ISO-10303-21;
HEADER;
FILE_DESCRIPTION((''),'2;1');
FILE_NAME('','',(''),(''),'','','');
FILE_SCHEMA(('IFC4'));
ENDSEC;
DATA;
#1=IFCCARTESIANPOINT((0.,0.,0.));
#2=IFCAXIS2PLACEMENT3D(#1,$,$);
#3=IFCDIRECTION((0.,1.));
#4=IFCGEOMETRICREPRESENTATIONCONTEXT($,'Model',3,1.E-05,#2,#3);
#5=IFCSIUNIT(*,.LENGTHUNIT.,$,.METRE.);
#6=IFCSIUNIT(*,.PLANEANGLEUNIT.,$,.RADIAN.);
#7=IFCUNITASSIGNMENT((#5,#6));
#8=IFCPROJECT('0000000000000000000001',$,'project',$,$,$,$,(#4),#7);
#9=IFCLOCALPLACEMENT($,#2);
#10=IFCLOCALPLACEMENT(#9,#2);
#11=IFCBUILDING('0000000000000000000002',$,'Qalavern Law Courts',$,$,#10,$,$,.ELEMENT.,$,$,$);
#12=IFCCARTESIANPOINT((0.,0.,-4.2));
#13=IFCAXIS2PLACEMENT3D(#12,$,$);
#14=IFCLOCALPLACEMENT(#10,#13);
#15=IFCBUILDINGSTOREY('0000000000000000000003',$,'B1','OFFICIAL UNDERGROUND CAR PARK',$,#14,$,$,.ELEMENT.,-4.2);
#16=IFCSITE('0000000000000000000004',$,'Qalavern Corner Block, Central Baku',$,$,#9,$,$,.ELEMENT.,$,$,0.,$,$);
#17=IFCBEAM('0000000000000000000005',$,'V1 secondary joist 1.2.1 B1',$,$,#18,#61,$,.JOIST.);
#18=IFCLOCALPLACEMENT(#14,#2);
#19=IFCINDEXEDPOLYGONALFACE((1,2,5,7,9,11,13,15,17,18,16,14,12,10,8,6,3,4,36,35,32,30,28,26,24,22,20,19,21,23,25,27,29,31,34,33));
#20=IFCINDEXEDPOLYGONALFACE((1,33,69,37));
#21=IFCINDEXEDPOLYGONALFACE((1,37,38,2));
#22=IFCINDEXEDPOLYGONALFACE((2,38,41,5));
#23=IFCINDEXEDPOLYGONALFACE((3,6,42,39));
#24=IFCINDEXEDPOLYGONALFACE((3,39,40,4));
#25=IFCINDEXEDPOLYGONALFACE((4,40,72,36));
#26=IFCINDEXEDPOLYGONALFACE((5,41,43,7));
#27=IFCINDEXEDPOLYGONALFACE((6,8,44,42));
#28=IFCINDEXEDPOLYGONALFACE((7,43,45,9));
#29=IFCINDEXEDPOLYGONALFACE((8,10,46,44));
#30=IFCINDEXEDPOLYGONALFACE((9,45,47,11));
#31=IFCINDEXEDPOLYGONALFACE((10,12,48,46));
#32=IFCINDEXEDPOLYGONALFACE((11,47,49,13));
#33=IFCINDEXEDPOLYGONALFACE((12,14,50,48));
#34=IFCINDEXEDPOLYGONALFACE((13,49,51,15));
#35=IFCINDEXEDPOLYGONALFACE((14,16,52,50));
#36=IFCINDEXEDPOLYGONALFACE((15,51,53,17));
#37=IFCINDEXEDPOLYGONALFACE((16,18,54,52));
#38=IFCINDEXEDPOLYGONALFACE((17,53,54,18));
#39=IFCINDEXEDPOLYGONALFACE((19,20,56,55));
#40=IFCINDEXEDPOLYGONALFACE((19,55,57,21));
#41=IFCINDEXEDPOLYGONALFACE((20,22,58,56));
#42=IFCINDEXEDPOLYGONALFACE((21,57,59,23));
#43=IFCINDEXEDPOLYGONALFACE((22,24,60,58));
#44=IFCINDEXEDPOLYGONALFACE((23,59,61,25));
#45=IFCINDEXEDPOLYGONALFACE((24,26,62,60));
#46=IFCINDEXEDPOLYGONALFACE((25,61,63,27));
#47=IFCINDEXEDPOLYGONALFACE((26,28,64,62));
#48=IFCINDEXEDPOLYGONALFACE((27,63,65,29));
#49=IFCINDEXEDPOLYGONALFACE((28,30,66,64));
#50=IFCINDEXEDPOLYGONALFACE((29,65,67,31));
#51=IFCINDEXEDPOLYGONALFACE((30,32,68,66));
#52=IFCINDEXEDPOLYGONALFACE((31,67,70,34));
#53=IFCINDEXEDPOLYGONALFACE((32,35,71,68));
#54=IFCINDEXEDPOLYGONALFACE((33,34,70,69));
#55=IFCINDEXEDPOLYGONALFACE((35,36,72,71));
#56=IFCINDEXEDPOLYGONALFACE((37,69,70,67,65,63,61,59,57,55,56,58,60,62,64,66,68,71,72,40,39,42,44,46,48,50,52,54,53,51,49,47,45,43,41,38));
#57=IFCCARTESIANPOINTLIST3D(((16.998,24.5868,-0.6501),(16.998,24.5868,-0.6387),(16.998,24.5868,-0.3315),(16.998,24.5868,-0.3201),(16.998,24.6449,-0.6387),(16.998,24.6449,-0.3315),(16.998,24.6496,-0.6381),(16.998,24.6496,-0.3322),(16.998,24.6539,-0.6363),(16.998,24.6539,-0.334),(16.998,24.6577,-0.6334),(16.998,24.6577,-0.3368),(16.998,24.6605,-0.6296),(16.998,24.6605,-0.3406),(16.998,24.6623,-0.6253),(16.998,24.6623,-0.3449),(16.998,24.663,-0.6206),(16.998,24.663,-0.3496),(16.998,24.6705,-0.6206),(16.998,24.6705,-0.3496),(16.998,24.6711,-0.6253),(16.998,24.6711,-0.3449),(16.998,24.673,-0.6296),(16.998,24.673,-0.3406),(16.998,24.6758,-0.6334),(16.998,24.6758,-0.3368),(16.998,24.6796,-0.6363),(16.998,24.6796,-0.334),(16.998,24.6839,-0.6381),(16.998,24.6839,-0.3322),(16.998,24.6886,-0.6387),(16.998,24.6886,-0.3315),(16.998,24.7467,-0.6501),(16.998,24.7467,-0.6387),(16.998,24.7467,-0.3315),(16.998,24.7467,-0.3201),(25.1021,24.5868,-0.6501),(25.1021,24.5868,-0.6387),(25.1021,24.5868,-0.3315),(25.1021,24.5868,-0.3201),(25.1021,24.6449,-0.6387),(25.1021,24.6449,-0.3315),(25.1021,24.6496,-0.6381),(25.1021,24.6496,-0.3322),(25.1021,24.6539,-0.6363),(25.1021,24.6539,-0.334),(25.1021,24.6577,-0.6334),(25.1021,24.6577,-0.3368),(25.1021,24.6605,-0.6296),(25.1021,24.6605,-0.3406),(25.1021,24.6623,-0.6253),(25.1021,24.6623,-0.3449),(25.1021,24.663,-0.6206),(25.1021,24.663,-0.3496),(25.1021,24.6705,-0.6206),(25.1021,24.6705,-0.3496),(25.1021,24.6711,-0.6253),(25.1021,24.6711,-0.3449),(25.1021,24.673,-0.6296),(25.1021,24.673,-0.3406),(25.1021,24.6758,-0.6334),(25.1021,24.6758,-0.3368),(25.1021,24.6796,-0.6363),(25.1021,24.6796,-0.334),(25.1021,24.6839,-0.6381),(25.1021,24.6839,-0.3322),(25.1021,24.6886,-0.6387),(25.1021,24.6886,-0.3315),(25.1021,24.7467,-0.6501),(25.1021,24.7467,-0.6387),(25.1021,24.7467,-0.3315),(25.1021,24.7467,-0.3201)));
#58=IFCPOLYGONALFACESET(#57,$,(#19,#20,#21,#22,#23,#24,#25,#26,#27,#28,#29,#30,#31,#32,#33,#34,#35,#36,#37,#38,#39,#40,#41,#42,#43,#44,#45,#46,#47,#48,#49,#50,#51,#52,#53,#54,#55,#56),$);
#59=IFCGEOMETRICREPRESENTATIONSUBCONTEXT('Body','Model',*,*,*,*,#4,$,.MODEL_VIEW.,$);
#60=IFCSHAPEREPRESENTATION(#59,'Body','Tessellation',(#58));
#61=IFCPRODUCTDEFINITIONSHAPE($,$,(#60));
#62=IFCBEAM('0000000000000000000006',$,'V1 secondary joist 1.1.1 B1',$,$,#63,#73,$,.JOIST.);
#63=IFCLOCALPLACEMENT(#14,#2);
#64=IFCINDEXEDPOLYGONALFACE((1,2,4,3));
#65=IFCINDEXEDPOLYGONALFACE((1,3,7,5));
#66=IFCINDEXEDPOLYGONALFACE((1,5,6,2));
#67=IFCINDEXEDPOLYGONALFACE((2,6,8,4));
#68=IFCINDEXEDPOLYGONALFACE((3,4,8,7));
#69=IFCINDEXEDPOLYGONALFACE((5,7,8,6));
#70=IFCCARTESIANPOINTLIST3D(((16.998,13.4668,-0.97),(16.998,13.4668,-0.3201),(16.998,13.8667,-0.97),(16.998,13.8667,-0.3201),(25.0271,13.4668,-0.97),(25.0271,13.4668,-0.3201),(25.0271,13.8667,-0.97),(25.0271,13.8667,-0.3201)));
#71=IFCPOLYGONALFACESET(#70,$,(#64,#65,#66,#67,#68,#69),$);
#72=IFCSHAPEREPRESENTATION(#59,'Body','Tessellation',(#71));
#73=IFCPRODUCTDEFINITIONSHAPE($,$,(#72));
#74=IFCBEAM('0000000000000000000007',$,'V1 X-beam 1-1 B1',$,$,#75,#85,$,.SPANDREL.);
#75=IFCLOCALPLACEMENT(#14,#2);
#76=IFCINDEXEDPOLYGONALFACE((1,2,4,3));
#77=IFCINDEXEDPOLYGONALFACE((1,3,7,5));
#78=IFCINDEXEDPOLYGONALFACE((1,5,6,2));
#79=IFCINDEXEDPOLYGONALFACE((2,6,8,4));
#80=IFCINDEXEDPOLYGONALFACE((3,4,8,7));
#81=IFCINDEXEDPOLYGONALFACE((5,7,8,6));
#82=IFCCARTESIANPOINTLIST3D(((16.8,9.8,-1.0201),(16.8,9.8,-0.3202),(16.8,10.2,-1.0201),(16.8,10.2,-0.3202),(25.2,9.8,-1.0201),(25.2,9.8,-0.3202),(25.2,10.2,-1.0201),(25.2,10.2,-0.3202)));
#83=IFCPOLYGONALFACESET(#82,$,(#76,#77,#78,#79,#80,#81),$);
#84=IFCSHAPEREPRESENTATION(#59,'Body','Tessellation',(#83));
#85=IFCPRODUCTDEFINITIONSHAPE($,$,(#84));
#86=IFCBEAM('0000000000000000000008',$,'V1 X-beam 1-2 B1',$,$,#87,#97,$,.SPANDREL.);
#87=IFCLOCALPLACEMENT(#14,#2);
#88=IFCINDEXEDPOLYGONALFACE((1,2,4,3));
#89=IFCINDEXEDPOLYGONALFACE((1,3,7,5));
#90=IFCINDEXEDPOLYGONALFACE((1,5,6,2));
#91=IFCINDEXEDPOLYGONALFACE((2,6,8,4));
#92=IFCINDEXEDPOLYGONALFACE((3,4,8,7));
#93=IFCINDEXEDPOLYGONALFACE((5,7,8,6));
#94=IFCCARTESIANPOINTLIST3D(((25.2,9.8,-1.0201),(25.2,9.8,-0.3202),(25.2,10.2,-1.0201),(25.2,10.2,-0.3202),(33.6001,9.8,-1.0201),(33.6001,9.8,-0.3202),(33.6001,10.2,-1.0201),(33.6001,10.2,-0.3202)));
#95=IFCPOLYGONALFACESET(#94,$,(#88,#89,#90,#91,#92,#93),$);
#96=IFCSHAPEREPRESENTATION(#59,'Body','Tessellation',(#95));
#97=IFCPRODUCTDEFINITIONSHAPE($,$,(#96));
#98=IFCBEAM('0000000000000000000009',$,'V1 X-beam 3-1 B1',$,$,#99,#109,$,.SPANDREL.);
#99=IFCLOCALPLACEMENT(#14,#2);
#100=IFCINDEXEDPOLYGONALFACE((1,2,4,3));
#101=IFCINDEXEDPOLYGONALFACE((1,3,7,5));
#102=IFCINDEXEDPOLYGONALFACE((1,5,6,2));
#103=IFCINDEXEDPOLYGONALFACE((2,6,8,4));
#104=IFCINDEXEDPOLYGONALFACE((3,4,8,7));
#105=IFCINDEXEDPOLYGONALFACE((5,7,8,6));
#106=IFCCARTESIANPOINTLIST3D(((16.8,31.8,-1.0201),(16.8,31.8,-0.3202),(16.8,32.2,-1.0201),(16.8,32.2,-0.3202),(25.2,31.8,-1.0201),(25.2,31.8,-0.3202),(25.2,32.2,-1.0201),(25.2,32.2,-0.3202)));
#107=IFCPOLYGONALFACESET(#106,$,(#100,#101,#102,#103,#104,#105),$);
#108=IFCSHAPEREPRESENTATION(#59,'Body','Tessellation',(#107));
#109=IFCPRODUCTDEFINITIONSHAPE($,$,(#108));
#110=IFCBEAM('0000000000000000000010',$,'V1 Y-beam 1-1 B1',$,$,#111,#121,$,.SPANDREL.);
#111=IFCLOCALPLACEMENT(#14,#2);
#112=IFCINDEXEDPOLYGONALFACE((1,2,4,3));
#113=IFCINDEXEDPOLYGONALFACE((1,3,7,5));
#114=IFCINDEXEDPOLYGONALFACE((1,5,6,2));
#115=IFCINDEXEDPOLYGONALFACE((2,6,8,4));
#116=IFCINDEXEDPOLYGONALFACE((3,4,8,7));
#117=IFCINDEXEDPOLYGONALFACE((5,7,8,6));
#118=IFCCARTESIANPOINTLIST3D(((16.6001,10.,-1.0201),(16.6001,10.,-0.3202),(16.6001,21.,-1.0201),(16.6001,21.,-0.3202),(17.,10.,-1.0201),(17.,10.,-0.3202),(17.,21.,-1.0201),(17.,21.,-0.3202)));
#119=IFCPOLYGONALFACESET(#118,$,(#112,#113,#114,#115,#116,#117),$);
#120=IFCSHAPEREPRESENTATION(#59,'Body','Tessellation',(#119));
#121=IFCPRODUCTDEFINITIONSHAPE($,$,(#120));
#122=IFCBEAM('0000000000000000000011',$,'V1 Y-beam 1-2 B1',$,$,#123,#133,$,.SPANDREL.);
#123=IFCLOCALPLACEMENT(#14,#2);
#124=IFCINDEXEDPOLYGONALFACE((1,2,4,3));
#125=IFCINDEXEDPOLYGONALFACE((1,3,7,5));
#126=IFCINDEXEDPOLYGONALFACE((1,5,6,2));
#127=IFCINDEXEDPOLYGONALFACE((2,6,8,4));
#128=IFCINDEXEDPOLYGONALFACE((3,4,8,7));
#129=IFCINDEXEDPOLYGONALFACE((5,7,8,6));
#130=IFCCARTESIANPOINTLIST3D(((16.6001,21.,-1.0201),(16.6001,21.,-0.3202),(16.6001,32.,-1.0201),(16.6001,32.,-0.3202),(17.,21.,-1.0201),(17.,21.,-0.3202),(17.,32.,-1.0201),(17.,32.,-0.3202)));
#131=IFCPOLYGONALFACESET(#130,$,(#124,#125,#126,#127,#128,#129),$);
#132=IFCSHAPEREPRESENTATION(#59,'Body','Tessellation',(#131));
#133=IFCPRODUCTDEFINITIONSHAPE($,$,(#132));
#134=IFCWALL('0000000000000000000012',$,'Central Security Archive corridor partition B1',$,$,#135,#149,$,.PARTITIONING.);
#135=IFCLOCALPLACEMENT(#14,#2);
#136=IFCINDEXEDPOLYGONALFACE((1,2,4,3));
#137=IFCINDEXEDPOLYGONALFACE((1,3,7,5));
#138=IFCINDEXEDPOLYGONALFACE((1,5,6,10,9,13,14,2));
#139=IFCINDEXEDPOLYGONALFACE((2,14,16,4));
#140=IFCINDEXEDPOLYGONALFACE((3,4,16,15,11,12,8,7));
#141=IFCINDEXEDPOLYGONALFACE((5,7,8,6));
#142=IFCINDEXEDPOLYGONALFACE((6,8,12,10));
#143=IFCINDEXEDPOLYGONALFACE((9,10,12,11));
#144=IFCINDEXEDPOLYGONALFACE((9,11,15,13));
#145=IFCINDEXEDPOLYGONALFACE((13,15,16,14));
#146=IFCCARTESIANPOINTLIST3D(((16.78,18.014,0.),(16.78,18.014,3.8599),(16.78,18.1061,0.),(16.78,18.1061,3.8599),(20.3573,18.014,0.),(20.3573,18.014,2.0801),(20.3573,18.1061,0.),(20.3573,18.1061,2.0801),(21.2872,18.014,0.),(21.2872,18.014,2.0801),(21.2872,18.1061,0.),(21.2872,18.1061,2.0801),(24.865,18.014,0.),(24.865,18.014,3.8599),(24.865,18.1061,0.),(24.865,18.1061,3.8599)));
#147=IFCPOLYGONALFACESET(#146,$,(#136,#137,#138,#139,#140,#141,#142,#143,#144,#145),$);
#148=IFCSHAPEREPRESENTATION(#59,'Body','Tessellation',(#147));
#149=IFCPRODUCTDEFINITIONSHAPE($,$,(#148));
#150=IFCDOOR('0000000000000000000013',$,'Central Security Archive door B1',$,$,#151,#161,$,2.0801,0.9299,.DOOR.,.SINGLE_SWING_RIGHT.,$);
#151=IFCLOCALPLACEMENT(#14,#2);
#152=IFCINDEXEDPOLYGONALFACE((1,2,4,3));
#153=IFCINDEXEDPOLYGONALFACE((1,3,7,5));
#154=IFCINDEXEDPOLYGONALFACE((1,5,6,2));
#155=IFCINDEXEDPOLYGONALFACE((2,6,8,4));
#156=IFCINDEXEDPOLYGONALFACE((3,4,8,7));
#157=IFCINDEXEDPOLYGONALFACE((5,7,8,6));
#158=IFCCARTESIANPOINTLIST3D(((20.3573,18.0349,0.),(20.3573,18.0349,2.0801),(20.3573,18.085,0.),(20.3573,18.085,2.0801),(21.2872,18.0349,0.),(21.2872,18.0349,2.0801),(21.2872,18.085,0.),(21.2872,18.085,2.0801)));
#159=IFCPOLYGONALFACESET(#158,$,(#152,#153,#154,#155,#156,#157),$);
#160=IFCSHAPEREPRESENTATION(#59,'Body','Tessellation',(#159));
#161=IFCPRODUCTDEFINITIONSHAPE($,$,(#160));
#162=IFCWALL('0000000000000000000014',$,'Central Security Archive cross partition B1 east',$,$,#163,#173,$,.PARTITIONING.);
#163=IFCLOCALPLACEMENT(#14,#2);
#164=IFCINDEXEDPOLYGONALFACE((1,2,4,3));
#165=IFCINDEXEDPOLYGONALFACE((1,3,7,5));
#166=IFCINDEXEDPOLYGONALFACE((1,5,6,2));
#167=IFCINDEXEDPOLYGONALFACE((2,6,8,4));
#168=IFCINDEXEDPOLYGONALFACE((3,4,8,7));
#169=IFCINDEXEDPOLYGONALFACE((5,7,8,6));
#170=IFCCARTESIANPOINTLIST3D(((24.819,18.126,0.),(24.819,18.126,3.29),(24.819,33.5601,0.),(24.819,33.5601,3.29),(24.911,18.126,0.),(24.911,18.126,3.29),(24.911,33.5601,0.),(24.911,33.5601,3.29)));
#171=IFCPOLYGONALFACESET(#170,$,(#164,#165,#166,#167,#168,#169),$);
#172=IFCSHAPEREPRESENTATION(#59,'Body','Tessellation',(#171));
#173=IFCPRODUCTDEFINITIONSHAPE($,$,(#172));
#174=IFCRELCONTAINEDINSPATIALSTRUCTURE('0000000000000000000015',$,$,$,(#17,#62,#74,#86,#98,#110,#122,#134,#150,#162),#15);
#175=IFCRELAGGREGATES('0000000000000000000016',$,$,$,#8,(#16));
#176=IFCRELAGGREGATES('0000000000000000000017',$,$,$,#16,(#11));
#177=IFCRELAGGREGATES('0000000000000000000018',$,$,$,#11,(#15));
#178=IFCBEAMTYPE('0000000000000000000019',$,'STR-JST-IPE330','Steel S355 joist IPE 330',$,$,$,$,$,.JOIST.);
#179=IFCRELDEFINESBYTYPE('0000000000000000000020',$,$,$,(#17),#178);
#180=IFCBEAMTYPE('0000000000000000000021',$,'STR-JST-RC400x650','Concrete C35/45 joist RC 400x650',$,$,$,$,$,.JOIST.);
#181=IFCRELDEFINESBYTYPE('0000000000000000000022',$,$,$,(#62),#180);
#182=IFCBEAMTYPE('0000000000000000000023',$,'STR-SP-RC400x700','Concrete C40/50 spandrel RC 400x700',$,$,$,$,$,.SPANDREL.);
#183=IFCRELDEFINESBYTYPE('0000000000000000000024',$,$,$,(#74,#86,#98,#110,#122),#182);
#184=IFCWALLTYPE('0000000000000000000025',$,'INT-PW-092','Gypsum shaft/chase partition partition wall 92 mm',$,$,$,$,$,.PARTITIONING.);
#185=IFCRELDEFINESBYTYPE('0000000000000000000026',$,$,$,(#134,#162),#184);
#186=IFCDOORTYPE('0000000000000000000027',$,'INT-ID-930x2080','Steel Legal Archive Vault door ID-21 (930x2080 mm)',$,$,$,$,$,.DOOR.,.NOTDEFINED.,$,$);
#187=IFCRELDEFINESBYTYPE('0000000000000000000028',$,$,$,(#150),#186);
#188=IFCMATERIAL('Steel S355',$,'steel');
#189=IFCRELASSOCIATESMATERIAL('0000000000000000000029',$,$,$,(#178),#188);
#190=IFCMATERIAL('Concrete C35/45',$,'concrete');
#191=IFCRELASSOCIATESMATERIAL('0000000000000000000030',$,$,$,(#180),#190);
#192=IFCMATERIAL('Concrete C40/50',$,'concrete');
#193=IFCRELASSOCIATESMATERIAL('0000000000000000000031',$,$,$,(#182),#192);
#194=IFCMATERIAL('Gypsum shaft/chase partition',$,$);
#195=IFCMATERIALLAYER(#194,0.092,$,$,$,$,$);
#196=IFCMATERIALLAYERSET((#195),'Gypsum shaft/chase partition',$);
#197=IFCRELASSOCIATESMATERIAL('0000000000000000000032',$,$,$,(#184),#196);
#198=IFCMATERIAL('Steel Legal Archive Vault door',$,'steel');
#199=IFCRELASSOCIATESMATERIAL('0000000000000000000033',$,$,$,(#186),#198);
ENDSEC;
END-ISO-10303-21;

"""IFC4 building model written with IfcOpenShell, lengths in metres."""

from ifc_helpers import new_model, si_unit, direction, frame, frame_2d, origin, origin_2d, place, context, subcontext, project, spatial, rectangle, i_section, extrude, material, layer, layer_set, material_profile, profile_set, type_object, element, fill, save


model = new_model("IFC4")

# Units and contexts
model_context = context("Model", 3, precision=1e-05, world=origin(), true_north=direction((0.0, 1.0)))
body_context = subcontext(model_context, "Body", "Model", "MODEL_VIEW")
ifc_project = project(units=[si_unit("LENGTHUNIT", "METRE"), si_unit("PLANEANGLEUNIT", "RADIAN")], contexts=[model_context])

# Site, building, storey
site_placement = place(None, origin())
site = spatial("IfcSite", under=ifc_project, at=site_placement, Name="Qalavern Corner Block, Central Baku", CompositionType="ELEMENT", RefElevation=0.0)
building_placement = place(site_placement, origin())
building = spatial("IfcBuilding", under=site, at=building_placement, Name="Qalavern Law Courts", CompositionType="ELEMENT")
storey_placement = place(building_placement, frame((0.0, 0.0, -4.2)))
storey = spatial("IfcBuildingStorey", under=building, at=storey_placement, Name="B1", Description="OFFICIAL UNDERGROUND CAR PARK", CompositionType="ELEMENT", Elevation=-4.2)

# Shared definitions
ifc_material_1 = material(Name="Steel S355", Category="steel")

# Beams
ifc_material_2 = material(Name="Concrete C35/45", Category="concrete")
ifc_material_profile_1 = material_profile(ifc_material_1, i_section(OverallWidth=0.1599, OverallDepth=0.3301, WebThickness=0.0076, FlangeThickness=0.0115, FilletRadius=0.0181, at=origin_2d()), Name="IPE 330")
ifc_profile_set_1 = profile_set([ifc_material_profile_1], Name="Steel S355")
beam_type_1 = type_object("IfcBeamType", Name="STR-JST-IPE330", Description="Steel S355 joist IPE 330", PredefinedType="JOIST", material=ifc_profile_set_1)
beam_1_placement = place(storey_placement, frame((16.998, 24.6667, -0.4851), z_axis=(1.0, 0.0, 0.0), x_axis=(0.0, 1.0, 0.0)))
element("IfcBeam", 1, at=beam_1_placement, inside=storey, type_object=beam_type_1, Name="V1 secondary joist 1.2.1 B1", PredefinedType="JOIST", context=body_context, shape_type="SweptSolid", body=[
    extrude(i_section(OverallWidth=0.1599, OverallDepth=0.3301, WebThickness=0.0076, FlangeThickness=0.0115, FilletRadius=0.0181, at=origin_2d()), origin(), (0.0, 0.0, 1.0), 8.104),
])
ifc_material_profile_2 = material_profile(ifc_material_2, rectangle(XDim=0.3999, YDim=0.6499, at=origin_2d()), Name="RC 400x650")
ifc_profile_set_2 = profile_set([ifc_material_profile_2], Name="Concrete C35/45")
beam_type_2 = type_object("IfcBeamType", Name="STR-JST-RC400x650", Description="Concrete C35/45 joist RC 400x650", PredefinedType="JOIST", material=ifc_profile_set_2)
beam_2_placement = place(storey_placement, frame((16.998, 13.6667, -0.645), z_axis=(1.0, 0.0, 0.0), x_axis=(0.0, 1.0, 0.0)))
element("IfcBeam", 2, at=beam_2_placement, inside=storey, type_object=beam_type_2, Name="V1 secondary joist 1.1.1 B1", PredefinedType="JOIST", context=body_context, shape_type="SweptSolid", body=[
    extrude(rectangle(XDim=0.3999, YDim=0.6499, at=origin_2d()), origin(), (0.0, 0.0, 1.0), 8.0291),
])
ifc_material_3 = material(Name="Concrete C40/50", Category="concrete")
ifc_material_profile_3 = material_profile(ifc_material_3, rectangle(XDim=0.3999, YDim=0.7, at=origin_2d()), Name="RC 400x700")
ifc_profile_set_3 = profile_set([ifc_material_profile_3], Name="Concrete C40/50")
beam_type_3 = type_object("IfcBeamType", Name="STR-SP-RC400x700", Description="Concrete C40/50 spandrel RC 400x700", PredefinedType="SPANDREL", material=ifc_profile_set_3)
beam_3_placement = place(storey_placement, frame((16.8, 10.0, -0.6702), z_axis=(1.0, 0.0, 0.0), x_axis=(0.0, 1.0, 0.0)))
element("IfcBeam", 3, at=beam_3_placement, inside=storey, type_object=beam_type_3, Name="V1 X-beam 1-1 B1", PredefinedType="SPANDREL", context=body_context, shape_type="SweptSolid", body=[
    extrude(rectangle(XDim=0.3999, YDim=0.7, at=origin_2d()), origin(), (0.0, 0.0, 1.0), 8.3999),
])
beam_4_placement = place(storey_placement, frame((25.2, 10.0, -0.6702), z_axis=(1.0, 0.0, 0.0), x_axis=(0.0, 1.0, 0.0)))
element("IfcBeam", 4, at=beam_4_placement, inside=storey, type_object=beam_type_3, Name="V1 X-beam 1-2 B1", PredefinedType="SPANDREL", context=body_context, shape_type="SweptSolid", body=[
    extrude(rectangle(XDim=0.3999, YDim=0.7, at=origin_2d()), origin(), (0.0, 0.0, 1.0), 8.4001),
])
beam_5_placement = place(storey_placement, frame((16.8, 32.0, -0.6702), z_axis=(1.0, 0.0, 0.0), x_axis=(0.0, 1.0, 0.0)))
element("IfcBeam", 5, at=beam_5_placement, inside=storey, type_object=beam_type_3, Name="V1 X-beam 3-1 B1", PredefinedType="SPANDREL", context=body_context, shape_type="SweptSolid", body=[
    extrude(rectangle(XDim=0.3999, YDim=0.7, at=origin_2d()), origin(), (0.0, 0.0, 1.0), 8.3999),
])
for number, where, z_axis, x_axis, name in (
    (6, (16.8, 10.0, -0.6702), (0.0, 1.0, 0.0), (-1.0, 0.0, 0.0), "V1 Y-beam 1-1 B1"),
    (7, (16.8, 21.0, -0.6702), (0.0, 1.0, 0.0), (-1.0, 0.0, 0.0), "V1 Y-beam 1-2 B1"),
):
    element("IfcBeam", number, at=place(storey_placement, frame(where, z_axis=z_axis, x_axis=x_axis)), inside=storey, type_object=beam_type_3, Name=name, PredefinedType="SPANDREL", context=body_context, shape_type="SweptSolid", body=[
        extrude(rectangle(XDim=0.3999, YDim=0.7, at=origin_2d()), origin(), (0.0, 0.0, 1.0), 11.0),
    ])

# Wall, opening, door
ifc_material_4 = material(Name="Gypsum shaft/chase partition")
ifc_layer_1 = layer(ifc_material_4, 0.092)
ifc_layer_set_1 = layer_set([ifc_layer_1], Name="Gypsum shaft/chase partition")
wall_type_1 = type_object("IfcWallType", Name="INT-PW-092", Description="Gypsum shaft/chase partition partition wall 92 mm", PredefinedType="PARTITIONING", material=ifc_layer_set_1)
wall_1_placement = place(storey_placement, frame((16.78, 18.0601, 0.0), z_axis=(0.0, 0.0, 1.0), x_axis=(1.0, 0.0, 0.0)))
wall_1 = element("IfcWall", 8, at=wall_1_placement, inside=storey, type_object=wall_type_1, Name="Central Security Archive corridor partition B1", PredefinedType="PARTITIONING", context=body_context, shape_type="SweptSolid", body=[
    extrude(rectangle(XDim=8.085, YDim=0.092, at=frame_2d((4.0425, 0.0))), origin(), (0.0, 0.0, 1.0), 3.8599),
])
opening_1_placement = place(wall_1_placement, frame((3.5774, 0.0, 0.0)))
opening_1 = element("IfcOpeningElement", 9, at=opening_1_placement, cuts=wall_1, PredefinedType="OPENING", context=body_context, shape_type="SweptSolid", body=[
    extrude(rectangle(XDim=0.9299, YDim=2.0801, at=frame_2d((0.4648, 1.04))), frame((0.0, 0.061, 0.0), z_axis=(0.0, -1.0, 0.0), x_axis=(1.0, 0.0, 0.0)), (0.0, 0.0, 1.0), 0.1218),
])
ifc_material_5 = material(Name="Steel Legal Archive Vault door", Category="steel")
door_type_1 = type_object("IfcDoorType", Name="INT-ID-930x2080", Description="Steel Legal Archive Vault door ID-21 (930x2080 mm)", OperationType="NOTDEFINED", PredefinedType="DOOR", material=ifc_material_5)
door_1_placement = place(opening_1_placement, origin())
door_1 = element("IfcDoor", 10, at=door_1_placement, inside=storey, type_object=door_type_1, Name="Central Security Archive door B1", OperationType="SINGLE_SWING_RIGHT", OverallHeight=2.0801, OverallWidth=0.9299, PredefinedType="DOOR", context=body_context, shape_type="SweptSolid", body=[
    extrude(rectangle(XDim=0.9299, YDim=2.0801, at=frame_2d((0.4648, 1.04))), frame((0.0, 0.0249, 0.0), z_axis=(0.0, -1.0, 0.0), x_axis=(1.0, 0.0, 0.0)), (0.0, 0.0, 1.0), 0.05),
])
fill(opening_1, door_1)

# Wall
wall_2_placement = place(storey_placement, frame((24.865, 18.126, 0.0), z_axis=(0.0, 0.0, 1.0), x_axis=(0.0, 1.0, 0.0)))
element("IfcWall", 11, at=wall_2_placement, inside=storey, type_object=wall_type_1, Name="Central Security Archive cross partition B1 east", PredefinedType="PARTITIONING", context=body_context, shape_type="SweptSolid", body=[
    extrude(rectangle(XDim=15.4341, YDim=0.092, at=frame_2d((7.717, 0.0))), origin(), (0.0, 0.0, 1.0), 3.29),
])

save(model, "model.ifc")
